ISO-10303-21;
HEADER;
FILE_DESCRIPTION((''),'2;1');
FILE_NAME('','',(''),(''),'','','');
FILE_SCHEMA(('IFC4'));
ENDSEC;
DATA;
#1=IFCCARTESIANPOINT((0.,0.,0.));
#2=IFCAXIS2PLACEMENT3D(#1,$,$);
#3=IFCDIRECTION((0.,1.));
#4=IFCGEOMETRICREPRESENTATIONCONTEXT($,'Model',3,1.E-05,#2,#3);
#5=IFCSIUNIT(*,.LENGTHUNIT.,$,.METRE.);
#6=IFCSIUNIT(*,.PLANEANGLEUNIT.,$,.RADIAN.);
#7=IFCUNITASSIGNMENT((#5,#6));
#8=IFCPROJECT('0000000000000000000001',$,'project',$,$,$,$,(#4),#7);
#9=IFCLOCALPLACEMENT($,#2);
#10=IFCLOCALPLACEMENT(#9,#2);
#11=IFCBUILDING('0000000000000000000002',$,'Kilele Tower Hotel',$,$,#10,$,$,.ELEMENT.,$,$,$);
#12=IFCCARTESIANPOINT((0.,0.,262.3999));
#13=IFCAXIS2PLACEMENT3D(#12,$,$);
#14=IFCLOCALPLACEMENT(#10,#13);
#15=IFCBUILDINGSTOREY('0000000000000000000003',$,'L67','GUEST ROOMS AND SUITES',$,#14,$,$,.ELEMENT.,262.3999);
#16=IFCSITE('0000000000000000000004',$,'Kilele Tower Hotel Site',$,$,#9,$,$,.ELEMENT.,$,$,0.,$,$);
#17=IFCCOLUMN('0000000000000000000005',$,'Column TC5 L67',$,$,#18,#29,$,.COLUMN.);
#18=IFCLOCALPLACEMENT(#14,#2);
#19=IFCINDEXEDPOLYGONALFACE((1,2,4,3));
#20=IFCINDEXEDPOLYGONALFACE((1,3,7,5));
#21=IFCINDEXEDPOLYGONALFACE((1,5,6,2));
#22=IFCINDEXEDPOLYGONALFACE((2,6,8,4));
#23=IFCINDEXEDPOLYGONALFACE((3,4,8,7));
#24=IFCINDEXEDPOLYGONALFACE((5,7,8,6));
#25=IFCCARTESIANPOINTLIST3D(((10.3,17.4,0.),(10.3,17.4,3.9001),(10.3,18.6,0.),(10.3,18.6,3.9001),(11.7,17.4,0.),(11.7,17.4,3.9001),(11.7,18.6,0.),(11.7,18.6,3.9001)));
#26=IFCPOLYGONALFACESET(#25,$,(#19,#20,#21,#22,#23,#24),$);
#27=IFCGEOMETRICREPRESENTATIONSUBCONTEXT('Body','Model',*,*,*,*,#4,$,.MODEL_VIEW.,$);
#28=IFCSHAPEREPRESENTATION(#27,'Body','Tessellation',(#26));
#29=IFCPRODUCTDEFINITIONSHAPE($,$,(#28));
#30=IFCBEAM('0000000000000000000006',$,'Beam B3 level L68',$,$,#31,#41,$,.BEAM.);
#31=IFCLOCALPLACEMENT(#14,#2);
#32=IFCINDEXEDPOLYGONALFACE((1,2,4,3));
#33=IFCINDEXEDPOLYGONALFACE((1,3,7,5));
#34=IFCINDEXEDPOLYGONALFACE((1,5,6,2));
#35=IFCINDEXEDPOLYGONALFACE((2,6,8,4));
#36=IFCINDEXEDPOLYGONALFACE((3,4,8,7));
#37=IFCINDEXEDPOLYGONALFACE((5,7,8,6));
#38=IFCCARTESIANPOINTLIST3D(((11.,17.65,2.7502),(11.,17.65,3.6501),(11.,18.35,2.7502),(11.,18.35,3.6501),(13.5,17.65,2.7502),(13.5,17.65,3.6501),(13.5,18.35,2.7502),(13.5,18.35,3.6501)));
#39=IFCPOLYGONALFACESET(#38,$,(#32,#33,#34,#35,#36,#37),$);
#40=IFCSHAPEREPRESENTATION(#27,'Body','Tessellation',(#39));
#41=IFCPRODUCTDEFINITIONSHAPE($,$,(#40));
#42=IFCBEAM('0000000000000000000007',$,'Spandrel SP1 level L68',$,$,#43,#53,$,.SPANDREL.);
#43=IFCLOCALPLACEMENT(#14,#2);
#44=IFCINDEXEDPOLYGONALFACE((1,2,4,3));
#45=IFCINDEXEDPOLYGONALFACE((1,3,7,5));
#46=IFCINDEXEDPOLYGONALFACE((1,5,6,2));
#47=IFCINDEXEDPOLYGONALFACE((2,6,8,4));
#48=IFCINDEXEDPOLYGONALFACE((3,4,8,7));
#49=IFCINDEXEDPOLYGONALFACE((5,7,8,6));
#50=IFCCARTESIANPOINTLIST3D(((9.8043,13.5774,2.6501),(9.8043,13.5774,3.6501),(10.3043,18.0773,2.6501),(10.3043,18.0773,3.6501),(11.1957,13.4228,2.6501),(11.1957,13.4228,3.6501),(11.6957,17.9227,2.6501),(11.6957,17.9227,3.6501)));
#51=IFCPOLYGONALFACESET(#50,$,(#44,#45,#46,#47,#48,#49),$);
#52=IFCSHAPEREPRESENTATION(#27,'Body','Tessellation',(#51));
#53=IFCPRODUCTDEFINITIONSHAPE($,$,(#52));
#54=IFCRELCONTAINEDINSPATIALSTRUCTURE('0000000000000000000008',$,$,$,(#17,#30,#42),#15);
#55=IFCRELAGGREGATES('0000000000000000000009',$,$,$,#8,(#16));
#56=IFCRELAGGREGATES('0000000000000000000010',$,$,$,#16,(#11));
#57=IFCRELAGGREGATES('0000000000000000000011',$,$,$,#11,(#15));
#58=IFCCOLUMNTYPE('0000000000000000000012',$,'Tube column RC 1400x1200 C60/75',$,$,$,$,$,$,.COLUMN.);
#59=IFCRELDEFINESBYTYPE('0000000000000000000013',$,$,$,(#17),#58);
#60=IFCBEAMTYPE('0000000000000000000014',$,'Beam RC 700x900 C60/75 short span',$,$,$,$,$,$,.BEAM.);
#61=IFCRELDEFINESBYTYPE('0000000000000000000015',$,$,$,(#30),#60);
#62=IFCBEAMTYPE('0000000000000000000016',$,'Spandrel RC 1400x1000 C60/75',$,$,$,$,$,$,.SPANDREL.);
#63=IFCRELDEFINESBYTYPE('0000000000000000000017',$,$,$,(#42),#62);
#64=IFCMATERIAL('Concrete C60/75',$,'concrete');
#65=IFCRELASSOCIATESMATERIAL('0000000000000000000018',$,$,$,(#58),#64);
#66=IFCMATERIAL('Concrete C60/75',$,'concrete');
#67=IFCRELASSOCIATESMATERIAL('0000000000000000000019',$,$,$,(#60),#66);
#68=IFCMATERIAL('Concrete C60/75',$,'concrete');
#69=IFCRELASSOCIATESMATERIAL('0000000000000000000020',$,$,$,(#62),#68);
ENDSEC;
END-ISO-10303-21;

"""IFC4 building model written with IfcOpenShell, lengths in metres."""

from ifc_helpers import new_model, si_unit, direction, frame, origin, origin_2d, place, context, subcontext, project, spatial, rectangle, extrude, material, material_profile, profile_set, type_object, element, save


model = new_model("IFC4")

# Units and contexts
model_context = context("Model", 3, precision=1e-05, world=origin(), true_north=direction((0.0, 1.0)))
body_context = subcontext(model_context, "Body", "Model", "MODEL_VIEW")
ifc_project = project(units=[si_unit("LENGTHUNIT", "METRE"), si_unit("PLANEANGLEUNIT", "RADIAN")], contexts=[model_context])

# Site, building, storey
site_placement = place(None, origin())
site = spatial("IfcSite", under=ifc_project, at=site_placement, Name="Kilele Tower Hotel Site", CompositionType="ELEMENT", RefElevation=0.0)
building_placement = place(site_placement, origin())
building = spatial("IfcBuilding", under=site, at=building_placement, Name="Kilele Tower Hotel", CompositionType="ELEMENT")
storey_placement = place(building_placement, frame((0.0, 0.0, 262.3999)))
storey = spatial("IfcBuildingStorey", under=building, at=storey_placement, Name="L67", Description="GUEST ROOMS AND SUITES", CompositionType="ELEMENT", Elevation=262.3999)

# Column
ifc_material_1 = material(Name="Concrete C60/75", Category="concrete")
ifc_material_profile_1 = material_profile(ifc_material_1, rectangle(XDim=1.3999, YDim=1.2, at=origin_2d()))
ifc_profile_set_1 = profile_set([ifc_material_profile_1], Name="Concrete C60/75")
column_type = type_object("IfcColumnType", Name="Tube column RC 1400x1200 C60/75", PredefinedType="COLUMN", material=ifc_profile_set_1)
column_placement = place(storey_placement, frame((11.0, 18.0, 0.0), z_axis=(0.0, 0.0, 1.0), x_axis=(1.0, 0.0, 0.0)))
element("IfcColumn", 1, at=column_placement, inside=storey, type_object=column_type, Name="Column TC5 L67", PredefinedType="COLUMN", context=body_context, shape_type="SweptSolid", body=[
    extrude(rectangle(XDim=1.3999, YDim=1.2, at=origin_2d()), origin(), (0.0, 0.0, 1.0), 3.9001),
])

# Beams
ifc_material_2 = material(Name="Concrete C60/75", Category="concrete")
ifc_material_profile_2 = material_profile(ifc_material_2, rectangle(XDim=0.7, YDim=0.8999, at=origin_2d()))
ifc_profile_set_2 = profile_set([ifc_material_profile_2], Name="Concrete C60/75")
beam_type_1 = type_object("IfcBeamType", Name="Beam RC 700x900 C60/75 short span", PredefinedType="BEAM", material=ifc_profile_set_2)
beam_1_placement = place(storey_placement, frame((11.0, 18.0, 3.2002), z_axis=(1.0, 0.0, 0.0), x_axis=(0.0, 1.0, 0.0)))
element("IfcBeam", 2, at=beam_1_placement, inside=storey, type_object=beam_type_1, Name="Beam B3 level L68", PredefinedType="BEAM", context=body_context, shape_type="SweptSolid", body=[
    extrude(rectangle(XDim=0.7, YDim=0.8999, at=origin_2d()), origin(), (0.0, 0.0, 1.0), 2.5),
])
ifc_material_3 = material(Name="Concrete C60/75", Category="concrete")
ifc_material_profile_3 = material_profile(ifc_material_3, rectangle(XDim=1.3999, YDim=1.0, at=origin_2d()))
ifc_profile_set_3 = profile_set([ifc_material_profile_3], Name="Concrete C60/75")
beam_type_2 = type_object("IfcBeamType", Name="Spandrel RC 1400x1000 C60/75", PredefinedType="SPANDREL", material=ifc_profile_set_3)
beam_2_placement = place(storey_placement, frame((11.0, 18.0, 3.1501), z_axis=(-0.110432, -0.993884, 0.0), x_axis=(0.993884, -0.110432, 0.0)))
element("IfcBeam", 3, at=beam_2_placement, inside=storey, type_object=beam_type_2, Name="Spandrel SP1 level L68", PredefinedType="SPANDREL", context=body_context, shape_type="SweptSolid", body=[
    extrude(rectangle(XDim=1.3999, YDim=1.0, at=origin_2d()), origin(), (0.0, 0.0, 1.0), 4.5276),
])

save(model, "model.ifc")
